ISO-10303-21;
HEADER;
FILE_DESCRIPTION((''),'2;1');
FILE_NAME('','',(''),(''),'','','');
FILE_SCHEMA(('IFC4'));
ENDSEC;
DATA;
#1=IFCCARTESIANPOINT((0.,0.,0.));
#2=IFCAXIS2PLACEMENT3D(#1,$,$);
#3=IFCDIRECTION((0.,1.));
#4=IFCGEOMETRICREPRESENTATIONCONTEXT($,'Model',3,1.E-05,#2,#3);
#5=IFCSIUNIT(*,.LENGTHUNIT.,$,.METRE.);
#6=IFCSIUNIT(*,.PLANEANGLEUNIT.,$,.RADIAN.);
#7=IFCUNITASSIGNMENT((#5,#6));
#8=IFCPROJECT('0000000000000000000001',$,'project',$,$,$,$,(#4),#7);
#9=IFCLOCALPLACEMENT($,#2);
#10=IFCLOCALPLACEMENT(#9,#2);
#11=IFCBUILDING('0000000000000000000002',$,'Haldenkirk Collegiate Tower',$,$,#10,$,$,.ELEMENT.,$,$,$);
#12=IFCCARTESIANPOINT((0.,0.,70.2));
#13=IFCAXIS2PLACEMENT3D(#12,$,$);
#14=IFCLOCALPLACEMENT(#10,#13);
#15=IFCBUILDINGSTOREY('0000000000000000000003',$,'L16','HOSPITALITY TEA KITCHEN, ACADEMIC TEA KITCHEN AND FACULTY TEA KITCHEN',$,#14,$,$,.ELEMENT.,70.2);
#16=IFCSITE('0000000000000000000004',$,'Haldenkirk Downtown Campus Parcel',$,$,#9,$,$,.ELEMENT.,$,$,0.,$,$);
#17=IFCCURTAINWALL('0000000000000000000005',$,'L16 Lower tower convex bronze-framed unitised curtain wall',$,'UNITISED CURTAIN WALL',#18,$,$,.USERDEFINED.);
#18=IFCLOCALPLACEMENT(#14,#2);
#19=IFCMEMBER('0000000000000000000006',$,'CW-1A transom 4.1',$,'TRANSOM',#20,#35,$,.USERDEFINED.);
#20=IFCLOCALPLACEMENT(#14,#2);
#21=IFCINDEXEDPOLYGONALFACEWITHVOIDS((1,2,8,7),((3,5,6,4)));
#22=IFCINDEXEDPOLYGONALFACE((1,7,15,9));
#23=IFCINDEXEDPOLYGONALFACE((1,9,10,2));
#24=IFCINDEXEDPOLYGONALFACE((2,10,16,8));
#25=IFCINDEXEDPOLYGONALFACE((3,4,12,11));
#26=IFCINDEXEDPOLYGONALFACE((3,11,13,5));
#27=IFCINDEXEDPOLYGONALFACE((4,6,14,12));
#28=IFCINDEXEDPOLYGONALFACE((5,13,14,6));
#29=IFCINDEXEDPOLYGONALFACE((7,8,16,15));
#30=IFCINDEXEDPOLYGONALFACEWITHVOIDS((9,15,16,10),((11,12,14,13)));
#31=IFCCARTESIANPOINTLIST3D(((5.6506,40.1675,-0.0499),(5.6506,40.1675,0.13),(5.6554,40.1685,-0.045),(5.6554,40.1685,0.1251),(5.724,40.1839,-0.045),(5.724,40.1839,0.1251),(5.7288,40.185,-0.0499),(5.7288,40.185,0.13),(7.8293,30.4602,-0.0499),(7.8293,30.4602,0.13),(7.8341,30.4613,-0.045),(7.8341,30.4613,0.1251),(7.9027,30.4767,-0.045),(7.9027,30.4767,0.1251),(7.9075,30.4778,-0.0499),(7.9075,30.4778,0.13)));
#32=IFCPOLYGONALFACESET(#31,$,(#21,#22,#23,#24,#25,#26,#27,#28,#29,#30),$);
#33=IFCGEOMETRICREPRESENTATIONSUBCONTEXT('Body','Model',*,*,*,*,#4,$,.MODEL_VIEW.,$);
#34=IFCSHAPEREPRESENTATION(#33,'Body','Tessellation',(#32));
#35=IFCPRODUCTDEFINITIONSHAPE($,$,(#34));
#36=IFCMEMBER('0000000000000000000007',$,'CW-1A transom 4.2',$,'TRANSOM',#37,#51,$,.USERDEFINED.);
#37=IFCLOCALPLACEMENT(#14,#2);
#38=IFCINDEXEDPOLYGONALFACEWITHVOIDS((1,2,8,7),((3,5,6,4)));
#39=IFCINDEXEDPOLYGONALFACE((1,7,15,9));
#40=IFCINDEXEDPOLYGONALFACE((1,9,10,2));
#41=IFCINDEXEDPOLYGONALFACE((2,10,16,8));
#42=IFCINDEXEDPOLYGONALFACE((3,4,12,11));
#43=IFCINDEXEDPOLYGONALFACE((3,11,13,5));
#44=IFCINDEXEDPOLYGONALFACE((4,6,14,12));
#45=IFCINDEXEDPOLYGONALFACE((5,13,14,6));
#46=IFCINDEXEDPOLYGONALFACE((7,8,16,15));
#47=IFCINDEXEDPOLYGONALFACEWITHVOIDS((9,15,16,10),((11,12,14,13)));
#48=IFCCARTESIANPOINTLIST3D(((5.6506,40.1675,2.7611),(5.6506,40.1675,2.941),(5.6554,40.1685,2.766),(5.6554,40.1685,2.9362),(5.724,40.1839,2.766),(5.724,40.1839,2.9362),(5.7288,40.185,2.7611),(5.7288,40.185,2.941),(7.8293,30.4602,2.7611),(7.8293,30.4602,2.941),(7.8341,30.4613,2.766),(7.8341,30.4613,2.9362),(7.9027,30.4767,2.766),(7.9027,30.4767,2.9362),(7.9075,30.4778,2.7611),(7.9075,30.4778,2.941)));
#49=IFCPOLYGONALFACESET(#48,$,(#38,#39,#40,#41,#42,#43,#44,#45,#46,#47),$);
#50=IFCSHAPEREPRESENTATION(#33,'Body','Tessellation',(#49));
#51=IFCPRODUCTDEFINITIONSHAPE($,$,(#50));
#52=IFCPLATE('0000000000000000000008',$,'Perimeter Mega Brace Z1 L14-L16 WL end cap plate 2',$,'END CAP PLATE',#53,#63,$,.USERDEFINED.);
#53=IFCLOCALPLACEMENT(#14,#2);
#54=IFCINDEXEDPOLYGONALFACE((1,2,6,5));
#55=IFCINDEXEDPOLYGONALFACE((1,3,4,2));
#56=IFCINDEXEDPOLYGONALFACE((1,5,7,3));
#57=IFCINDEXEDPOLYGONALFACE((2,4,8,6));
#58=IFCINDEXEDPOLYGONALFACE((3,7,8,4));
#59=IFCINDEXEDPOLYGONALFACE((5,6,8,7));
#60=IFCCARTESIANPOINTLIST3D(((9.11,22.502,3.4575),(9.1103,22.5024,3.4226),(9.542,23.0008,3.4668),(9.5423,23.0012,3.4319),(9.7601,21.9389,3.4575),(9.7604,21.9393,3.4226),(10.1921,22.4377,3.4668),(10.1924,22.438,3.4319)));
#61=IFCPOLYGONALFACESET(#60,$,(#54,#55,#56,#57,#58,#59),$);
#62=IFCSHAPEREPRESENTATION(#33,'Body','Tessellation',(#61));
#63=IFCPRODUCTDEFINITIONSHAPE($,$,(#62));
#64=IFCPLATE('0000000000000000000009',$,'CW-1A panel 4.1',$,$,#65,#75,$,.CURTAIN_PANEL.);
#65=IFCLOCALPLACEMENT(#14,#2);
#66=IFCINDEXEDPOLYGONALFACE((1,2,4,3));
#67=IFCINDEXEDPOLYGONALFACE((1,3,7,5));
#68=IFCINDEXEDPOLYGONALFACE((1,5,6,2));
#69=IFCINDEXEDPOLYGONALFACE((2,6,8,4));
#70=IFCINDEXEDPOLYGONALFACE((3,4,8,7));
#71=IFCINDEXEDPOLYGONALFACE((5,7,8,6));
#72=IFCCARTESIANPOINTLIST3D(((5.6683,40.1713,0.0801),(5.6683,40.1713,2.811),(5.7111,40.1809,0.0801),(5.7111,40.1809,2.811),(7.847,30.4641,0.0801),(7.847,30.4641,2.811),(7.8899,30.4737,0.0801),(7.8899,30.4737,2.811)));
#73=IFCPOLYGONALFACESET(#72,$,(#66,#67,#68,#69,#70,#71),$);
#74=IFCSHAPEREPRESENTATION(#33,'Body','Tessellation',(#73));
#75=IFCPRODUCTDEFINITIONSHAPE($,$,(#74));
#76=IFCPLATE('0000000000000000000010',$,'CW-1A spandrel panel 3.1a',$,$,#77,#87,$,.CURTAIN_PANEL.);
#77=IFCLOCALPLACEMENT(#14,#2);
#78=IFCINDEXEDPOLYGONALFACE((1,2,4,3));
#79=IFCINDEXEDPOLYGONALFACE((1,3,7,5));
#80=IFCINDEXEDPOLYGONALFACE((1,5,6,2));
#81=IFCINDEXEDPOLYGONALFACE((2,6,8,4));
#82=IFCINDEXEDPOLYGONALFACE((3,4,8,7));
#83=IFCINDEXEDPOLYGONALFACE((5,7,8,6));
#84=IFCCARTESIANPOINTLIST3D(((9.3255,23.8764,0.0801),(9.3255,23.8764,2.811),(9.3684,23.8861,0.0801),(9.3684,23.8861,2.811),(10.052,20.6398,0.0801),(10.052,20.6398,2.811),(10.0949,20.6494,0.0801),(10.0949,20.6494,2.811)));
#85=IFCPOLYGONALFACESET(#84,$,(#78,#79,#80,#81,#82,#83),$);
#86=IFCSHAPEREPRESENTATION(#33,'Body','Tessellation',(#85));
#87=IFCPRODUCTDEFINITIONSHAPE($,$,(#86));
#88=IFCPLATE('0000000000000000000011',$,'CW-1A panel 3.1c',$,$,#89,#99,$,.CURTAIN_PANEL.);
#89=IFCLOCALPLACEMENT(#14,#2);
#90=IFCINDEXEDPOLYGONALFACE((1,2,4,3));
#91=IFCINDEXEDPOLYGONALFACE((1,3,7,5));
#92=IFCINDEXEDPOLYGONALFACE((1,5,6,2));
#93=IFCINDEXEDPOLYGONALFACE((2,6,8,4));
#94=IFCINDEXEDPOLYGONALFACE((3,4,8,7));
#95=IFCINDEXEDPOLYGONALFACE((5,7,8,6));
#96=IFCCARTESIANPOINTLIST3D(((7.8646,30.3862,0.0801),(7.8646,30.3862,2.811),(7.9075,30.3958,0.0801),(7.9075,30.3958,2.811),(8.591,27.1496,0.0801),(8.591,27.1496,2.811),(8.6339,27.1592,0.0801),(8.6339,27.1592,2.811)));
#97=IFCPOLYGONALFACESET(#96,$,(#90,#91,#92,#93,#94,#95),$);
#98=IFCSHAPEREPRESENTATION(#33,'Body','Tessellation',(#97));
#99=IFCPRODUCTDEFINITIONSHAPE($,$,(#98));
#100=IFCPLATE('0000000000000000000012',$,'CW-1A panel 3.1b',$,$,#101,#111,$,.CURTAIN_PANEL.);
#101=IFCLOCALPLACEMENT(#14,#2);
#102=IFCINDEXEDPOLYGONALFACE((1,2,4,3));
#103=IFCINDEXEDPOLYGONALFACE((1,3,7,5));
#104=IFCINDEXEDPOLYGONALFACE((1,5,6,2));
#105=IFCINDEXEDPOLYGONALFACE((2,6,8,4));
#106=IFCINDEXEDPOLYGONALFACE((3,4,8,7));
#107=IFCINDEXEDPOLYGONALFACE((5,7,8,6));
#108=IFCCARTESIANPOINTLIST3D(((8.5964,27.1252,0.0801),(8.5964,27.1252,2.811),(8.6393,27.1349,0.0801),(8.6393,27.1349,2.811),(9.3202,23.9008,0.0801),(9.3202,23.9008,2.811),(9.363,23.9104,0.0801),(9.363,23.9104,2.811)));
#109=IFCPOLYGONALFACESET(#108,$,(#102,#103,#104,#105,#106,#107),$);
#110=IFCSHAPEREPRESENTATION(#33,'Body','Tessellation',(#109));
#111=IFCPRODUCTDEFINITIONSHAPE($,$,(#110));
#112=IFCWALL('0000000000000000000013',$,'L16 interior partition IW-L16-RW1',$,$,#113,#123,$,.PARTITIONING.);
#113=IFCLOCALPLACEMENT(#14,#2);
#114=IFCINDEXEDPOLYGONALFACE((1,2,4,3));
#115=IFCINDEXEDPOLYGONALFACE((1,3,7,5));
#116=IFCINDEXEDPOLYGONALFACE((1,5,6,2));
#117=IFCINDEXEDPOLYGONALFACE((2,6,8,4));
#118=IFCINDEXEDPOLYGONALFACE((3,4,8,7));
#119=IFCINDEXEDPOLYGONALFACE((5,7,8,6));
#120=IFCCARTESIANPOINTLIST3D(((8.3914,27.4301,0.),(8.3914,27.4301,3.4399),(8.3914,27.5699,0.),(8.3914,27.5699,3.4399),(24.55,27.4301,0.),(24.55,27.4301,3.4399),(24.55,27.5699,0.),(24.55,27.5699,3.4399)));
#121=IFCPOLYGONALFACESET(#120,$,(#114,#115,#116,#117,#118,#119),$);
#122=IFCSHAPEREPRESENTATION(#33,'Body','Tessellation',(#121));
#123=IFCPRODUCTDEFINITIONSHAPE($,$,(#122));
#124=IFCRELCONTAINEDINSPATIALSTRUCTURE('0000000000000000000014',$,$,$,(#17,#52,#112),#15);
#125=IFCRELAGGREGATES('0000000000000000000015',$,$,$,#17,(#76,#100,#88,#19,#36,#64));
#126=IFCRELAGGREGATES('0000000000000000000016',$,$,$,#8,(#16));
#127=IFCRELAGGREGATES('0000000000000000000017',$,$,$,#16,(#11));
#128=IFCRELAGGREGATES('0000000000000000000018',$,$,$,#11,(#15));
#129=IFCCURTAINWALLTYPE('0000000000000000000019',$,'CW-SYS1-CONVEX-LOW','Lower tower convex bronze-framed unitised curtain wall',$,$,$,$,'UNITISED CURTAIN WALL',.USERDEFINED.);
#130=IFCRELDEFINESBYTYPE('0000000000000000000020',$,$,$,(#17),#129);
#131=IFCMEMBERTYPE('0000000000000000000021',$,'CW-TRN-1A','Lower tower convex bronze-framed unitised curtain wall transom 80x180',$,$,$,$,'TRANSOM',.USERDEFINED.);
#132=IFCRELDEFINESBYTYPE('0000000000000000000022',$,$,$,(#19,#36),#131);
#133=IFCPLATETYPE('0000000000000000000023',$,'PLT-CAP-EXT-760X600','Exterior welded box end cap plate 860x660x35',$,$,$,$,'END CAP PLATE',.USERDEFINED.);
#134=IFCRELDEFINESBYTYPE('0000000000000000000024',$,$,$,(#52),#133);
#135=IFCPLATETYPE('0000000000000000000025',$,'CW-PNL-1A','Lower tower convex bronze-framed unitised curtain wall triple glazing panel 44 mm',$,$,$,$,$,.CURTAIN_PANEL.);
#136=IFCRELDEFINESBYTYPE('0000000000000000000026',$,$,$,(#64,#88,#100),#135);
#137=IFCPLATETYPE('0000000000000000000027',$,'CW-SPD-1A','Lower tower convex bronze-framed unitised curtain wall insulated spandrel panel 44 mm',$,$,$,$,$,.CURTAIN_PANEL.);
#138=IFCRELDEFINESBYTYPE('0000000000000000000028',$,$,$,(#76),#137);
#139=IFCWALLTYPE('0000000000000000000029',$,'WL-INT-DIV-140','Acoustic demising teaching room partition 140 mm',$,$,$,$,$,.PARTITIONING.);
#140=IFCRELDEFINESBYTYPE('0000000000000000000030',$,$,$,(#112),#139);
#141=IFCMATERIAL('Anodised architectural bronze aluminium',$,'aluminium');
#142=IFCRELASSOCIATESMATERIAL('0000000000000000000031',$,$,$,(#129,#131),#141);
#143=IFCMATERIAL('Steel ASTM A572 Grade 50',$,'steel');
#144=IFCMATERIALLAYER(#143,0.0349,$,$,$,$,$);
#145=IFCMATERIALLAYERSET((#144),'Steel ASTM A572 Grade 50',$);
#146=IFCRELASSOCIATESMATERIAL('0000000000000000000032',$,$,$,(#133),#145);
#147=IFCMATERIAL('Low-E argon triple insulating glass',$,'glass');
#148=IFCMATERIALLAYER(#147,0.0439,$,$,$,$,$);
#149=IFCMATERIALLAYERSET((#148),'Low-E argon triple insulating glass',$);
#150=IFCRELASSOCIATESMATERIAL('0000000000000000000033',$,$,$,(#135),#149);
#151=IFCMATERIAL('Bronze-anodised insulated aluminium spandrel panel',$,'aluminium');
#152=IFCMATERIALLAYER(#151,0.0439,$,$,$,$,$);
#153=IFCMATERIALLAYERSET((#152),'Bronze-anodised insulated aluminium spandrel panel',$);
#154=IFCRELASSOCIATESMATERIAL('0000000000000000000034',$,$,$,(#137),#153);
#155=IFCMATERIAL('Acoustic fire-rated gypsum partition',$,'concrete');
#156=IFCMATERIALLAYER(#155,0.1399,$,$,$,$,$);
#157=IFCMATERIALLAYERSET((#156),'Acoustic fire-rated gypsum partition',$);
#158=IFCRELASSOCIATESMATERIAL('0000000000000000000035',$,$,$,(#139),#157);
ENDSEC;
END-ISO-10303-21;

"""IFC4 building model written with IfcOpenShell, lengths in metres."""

from ifc_helpers import new_model, si_unit, direction, frame, frame_2d, origin, origin_2d, place, context, subcontext, project, spatial, rectangle, hollow_rectangle, extrude, source, transform, mapped, material, layer, layer_set, material_profile, profile_set, type_object, element, aggregate, save


model = new_model("IFC4")

# Units and contexts
model_context = context("Model", 3, precision=1e-05, world=origin(), true_north=direction((0.0, 1.0)))
body_context = subcontext(model_context, "Body", "Model", "MODEL_VIEW")
ifc_project = project(units=[si_unit("LENGTHUNIT", "METRE"), si_unit("PLANEANGLEUNIT", "RADIAN")], contexts=[model_context])

# Site, building, storey
site_placement = place(None, origin())
site = spatial("IfcSite", under=ifc_project, at=site_placement, Name="Haldenkirk Downtown Campus Parcel", CompositionType="ELEMENT", RefElevation=0.0)
building_placement = place(site_placement, origin())
building = spatial("IfcBuilding", under=site, at=building_placement, Name="Haldenkirk Collegiate Tower", CompositionType="ELEMENT")
storey_placement = place(building_placement, frame((0.0, 0.0, 70.2)))
storey = spatial("IfcBuildingStorey", under=building, at=storey_placement, Name="L16", Description="HOSPITALITY TEA KITCHEN, ACADEMIC TEA KITCHEN AND FACULTY TEA KITCHEN", CompositionType="ELEMENT", Elevation=70.2)

# Curtain wall, members
ifc_material_1 = material(Name="Anodised architectural bronze aluminium", Category="aluminium")
curtain_wall_type = type_object("IfcCurtainWallType", Name="CW-SYS1-CONVEX-LOW", Description="Lower tower convex bronze-framed unitised curtain wall", ElementType="UNITISED CURTAIN WALL", PredefinedType="USERDEFINED", material=ifc_material_1)
curtain_wall_placement = place(storey_placement, origin())
curtain_wall = element("IfcCurtainWall", 1, at=curtain_wall_placement, inside=storey, type_object=curtain_wall_type, Name="L16 Lower tower convex bronze-framed unitised curtain wall", ObjectType="UNITISED CURTAIN WALL", PredefinedType="USERDEFINED")
ifc_material_profile_1 = material_profile(ifc_material_1, hollow_rectangle(XDim=0.0801, YDim=0.1799, WallThickness=0.0049, at=origin_2d()), Name="CW-TRN-1A")
ifc_profile_set_1 = profile_set([ifc_material_profile_1], Name="Anodised architectural bronze aluminium")
member_type_1 = type_object("IfcMemberType", Name="CW-TRN-1A", Description="Lower tower convex bronze-framed unitised curtain wall transom 80x180", ElementType="TRANSOM", PredefinedType="USERDEFINED", material=ifc_profile_set_1)
member_1_placement = place(storey_placement, frame((7.8684, 30.469, 0.04), z_axis=(-0.218993, 0.975726, 0.0), x_axis=(-0.975726, -0.218993, 0.0)))
member_1 = element("IfcMember", 2, at=member_1_placement, type_object=member_type_1, Name="CW-1A transom 4.1", ObjectType="TRANSOM", PredefinedType="USERDEFINED", context=body_context, shape_type="SweptSolid", body=[
    extrude(hollow_rectangle(XDim=0.0801, YDim=0.1799, WallThickness=0.0049, at=origin_2d()), origin(), (0.0, 0.0, 1.0), 9.9487),
])
member_2_placement = place(storey_placement, frame((7.8684, 30.469, 2.8511), z_axis=(-0.218993, 0.975726, 0.0), x_axis=(-0.975726, -0.218993, 0.0)))
member_2 = element("IfcMember", 3, at=member_2_placement, type_object=member_type_1, Name="CW-1A transom 4.2", ObjectType="TRANSOM", PredefinedType="USERDEFINED", context=body_context, shape_type="SweptSolid", body=[
    extrude(hollow_rectangle(XDim=0.0801, YDim=0.1799, WallThickness=0.0049, at=origin_2d()), origin(), (0.0, 0.0, 1.0), 9.9487),
])

# Plates
ifc_material_2 = material(Name="Steel ASTM A572 Grade 50", Category="steel")
ifc_layer_1 = layer(ifc_material_2, 0.0349)
ifc_layer_set_1 = layer_set([ifc_layer_1], Name="Steel ASTM A572 Grade 50")
plate_type_1 = type_object("IfcPlateType", Name="PLT-CAP-EXT-760X600", Description="Exterior welded box end cap plate 860x660x35", ElementType="END CAP PLATE", PredefinedType="USERDEFINED", material=ifc_layer_set_1)
shared_shape_1 = source(origin(), body_context, "Body", "SweptSolid", [
    extrude(rectangle(XDim=0.8601, YDim=0.6599, at=origin_2d()), origin(), (0.0, 0.0, 1.0), 0.0349),
])
plate_1_placement = place(storey_placement, frame((9.6514, 22.4702, 3.4272), z_axis=(-0.009261, -0.010692, 0.9999), x_axis=(0.755876, -0.654715, 0.0)))
element("IfcPlate", 4, at=plate_1_placement, inside=storey, type_object=plate_type_1, Name="Perimeter Mega Brace Z1 L14-L16 WL end cap plate 2", ObjectType="END CAP PLATE", PredefinedType="USERDEFINED", context=body_context, shape_type="MappedRepresentation", body=[
    mapped(shared_shape_1, transform((0.0, 0.0, 0.0), x_axis=(1.0, 0.0, 0.0), y_axis=(0.0, 1.0, 0.0), z_axis=(0.0, 0.0, 1.0), scale=1.0)),
])
ifc_material_3 = material(Name="Low-E argon triple insulating glass", Category="glass")
ifc_layer_2 = layer(ifc_material_3, 0.0439)
ifc_layer_set_2 = layer_set([ifc_layer_2], Name="Low-E argon triple insulating glass")
plate_type_2 = type_object("IfcPlateType", Name="CW-PNL-1A", Description="Lower tower convex bronze-framed unitised curtain wall triple glazing panel 44 mm", PredefinedType="CURTAIN_PANEL", material=ifc_layer_set_2)
shared_shape_2 = source(origin(), body_context, "Body", "SweptSolid", [
    extrude(rectangle(XDim=9.9487, YDim=0.0439, at=origin_2d()), origin(), (0.0, 0.0, 1.0), 2.731),
])
plate_2_placement = place(storey_placement, frame((6.7791, 35.3225, 0.0801), z_axis=(0.0, 0.0, 1.0), x_axis=(-0.218995, 0.975726, 0.0)))
plate_2 = element("IfcPlate", 5, at=plate_2_placement, type_object=plate_type_2, Name="CW-1A panel 4.1", PredefinedType="CURTAIN_PANEL", context=body_context, shape_type="MappedRepresentation", body=[
    mapped(shared_shape_2, transform((0.0, 0.0, 0.0), x_axis=(1.0, 0.0, 0.0), y_axis=(0.0, 1.0, 0.0), z_axis=(0.0, 0.0, 1.0), scale=1.0)),
])
ifc_material_4 = material(Name="Bronze-anodised insulated aluminium spandrel panel", Category="aluminium")
ifc_layer_3 = layer(ifc_material_4, 0.0439)
ifc_layer_set_3 = layer_set([ifc_layer_3], Name="Bronze-anodised insulated aluminium spandrel panel")
plate_type_3 = type_object("IfcPlateType", Name="CW-SPD-1A", Description="Lower tower convex bronze-framed unitised curtain wall insulated spandrel panel 44 mm", PredefinedType="CURTAIN_PANEL", material=ifc_layer_set_3)
shared_shape_3 = source(origin(), body_context, "Body", "SweptSolid", [
    extrude(rectangle(XDim=3.3171, YDim=0.0439, at=origin_2d()), origin(), (0.0, 0.0, 1.0), 2.731),
])
plate_3_placement = place(storey_placement, frame((9.7102, 22.2629, 0.0801), z_axis=(0.0, 0.0, 1.0), x_axis=(-0.218995, 0.975726, 0.0)))
plate_3 = element("IfcPlate", 6, at=plate_3_placement, type_object=plate_type_3, Name="CW-1A spandrel panel 3.1a", PredefinedType="CURTAIN_PANEL", context=body_context, shape_type="MappedRepresentation", body=[
    mapped(shared_shape_3, transform((0.0, 0.0, 0.0), x_axis=(1.0, 0.0, 0.0), y_axis=(0.0, 1.0, 0.0), z_axis=(0.0, 0.0, 1.0), scale=1.0)),
])
plate_4_placement = place(storey_placement, frame((8.2493, 28.7727, 0.0801), z_axis=(0.0, 0.0, 1.0), x_axis=(-0.218995, 0.975726, 0.0)))
plate_4 = element("IfcPlate", 7, at=plate_4_placement, type_object=plate_type_2, Name="CW-1A panel 3.1c", PredefinedType="CURTAIN_PANEL", context=body_context, shape_type="MappedRepresentation", body=[
    mapped(shared_shape_3, transform((0.0, 0.0, 0.0), x_axis=(1.0, 0.0, 0.0), y_axis=(0.0, 1.0, 0.0), z_axis=(0.0, 0.0, 1.0), scale=1.0)),
])
shared_shape_4 = source(origin(), body_context, "Body", "SweptSolid", [
    extrude(rectangle(XDim=3.3047, YDim=0.0439, at=origin_2d()), origin(), (0.0, 0.0, 1.0), 2.731),
])
plate_5_placement = place(storey_placement, frame((8.9797, 25.5178, 0.0801), z_axis=(0.0, 0.0, 1.0), x_axis=(-0.218995, 0.975726, 0.0)))
plate_5 = element("IfcPlate", 8, at=plate_5_placement, type_object=plate_type_2, Name="CW-1A panel 3.1b", PredefinedType="CURTAIN_PANEL", context=body_context, shape_type="MappedRepresentation", body=[
    mapped(shared_shape_4, transform((0.0, 0.0, 0.0), x_axis=(1.0, 0.0, 0.0), y_axis=(0.0, 1.0, 0.0), z_axis=(0.0, 0.0, 1.0), scale=1.0)),
])
aggregate(curtain_wall, [plate_3, plate_5, plate_4, member_1, member_2, plate_2])

# Wall
ifc_material_5 = material(Name="Acoustic fire-rated gypsum partition", Category="concrete")
ifc_layer_4 = layer(ifc_material_5, 0.1399)
ifc_layer_set_4 = layer_set([ifc_layer_4], Name="Acoustic fire-rated gypsum partition")
wall_type = type_object("IfcWallType", Name="WL-INT-DIV-140", Description="Acoustic demising teaching room partition 140 mm", PredefinedType="PARTITIONING", material=ifc_layer_set_4)
wall_placement = place(storey_placement, frame((8.3914, 27.5, 0.0), z_axis=(0.0, 0.0, 1.0), x_axis=(1.0, 0.0, 0.0)))
element("IfcWall", 9, at=wall_placement, inside=storey, type_object=wall_type, Name="L16 interior partition IW-L16-RW1", PredefinedType="PARTITIONING", context=body_context, shape_type="SweptSolid", body=[
    extrude(rectangle(XDim=16.1587, YDim=0.1399, at=frame_2d((8.0793, 0.0))), origin(), (0.0, 0.0, 1.0), 3.4399),
])

save(model, "model.ifc")
